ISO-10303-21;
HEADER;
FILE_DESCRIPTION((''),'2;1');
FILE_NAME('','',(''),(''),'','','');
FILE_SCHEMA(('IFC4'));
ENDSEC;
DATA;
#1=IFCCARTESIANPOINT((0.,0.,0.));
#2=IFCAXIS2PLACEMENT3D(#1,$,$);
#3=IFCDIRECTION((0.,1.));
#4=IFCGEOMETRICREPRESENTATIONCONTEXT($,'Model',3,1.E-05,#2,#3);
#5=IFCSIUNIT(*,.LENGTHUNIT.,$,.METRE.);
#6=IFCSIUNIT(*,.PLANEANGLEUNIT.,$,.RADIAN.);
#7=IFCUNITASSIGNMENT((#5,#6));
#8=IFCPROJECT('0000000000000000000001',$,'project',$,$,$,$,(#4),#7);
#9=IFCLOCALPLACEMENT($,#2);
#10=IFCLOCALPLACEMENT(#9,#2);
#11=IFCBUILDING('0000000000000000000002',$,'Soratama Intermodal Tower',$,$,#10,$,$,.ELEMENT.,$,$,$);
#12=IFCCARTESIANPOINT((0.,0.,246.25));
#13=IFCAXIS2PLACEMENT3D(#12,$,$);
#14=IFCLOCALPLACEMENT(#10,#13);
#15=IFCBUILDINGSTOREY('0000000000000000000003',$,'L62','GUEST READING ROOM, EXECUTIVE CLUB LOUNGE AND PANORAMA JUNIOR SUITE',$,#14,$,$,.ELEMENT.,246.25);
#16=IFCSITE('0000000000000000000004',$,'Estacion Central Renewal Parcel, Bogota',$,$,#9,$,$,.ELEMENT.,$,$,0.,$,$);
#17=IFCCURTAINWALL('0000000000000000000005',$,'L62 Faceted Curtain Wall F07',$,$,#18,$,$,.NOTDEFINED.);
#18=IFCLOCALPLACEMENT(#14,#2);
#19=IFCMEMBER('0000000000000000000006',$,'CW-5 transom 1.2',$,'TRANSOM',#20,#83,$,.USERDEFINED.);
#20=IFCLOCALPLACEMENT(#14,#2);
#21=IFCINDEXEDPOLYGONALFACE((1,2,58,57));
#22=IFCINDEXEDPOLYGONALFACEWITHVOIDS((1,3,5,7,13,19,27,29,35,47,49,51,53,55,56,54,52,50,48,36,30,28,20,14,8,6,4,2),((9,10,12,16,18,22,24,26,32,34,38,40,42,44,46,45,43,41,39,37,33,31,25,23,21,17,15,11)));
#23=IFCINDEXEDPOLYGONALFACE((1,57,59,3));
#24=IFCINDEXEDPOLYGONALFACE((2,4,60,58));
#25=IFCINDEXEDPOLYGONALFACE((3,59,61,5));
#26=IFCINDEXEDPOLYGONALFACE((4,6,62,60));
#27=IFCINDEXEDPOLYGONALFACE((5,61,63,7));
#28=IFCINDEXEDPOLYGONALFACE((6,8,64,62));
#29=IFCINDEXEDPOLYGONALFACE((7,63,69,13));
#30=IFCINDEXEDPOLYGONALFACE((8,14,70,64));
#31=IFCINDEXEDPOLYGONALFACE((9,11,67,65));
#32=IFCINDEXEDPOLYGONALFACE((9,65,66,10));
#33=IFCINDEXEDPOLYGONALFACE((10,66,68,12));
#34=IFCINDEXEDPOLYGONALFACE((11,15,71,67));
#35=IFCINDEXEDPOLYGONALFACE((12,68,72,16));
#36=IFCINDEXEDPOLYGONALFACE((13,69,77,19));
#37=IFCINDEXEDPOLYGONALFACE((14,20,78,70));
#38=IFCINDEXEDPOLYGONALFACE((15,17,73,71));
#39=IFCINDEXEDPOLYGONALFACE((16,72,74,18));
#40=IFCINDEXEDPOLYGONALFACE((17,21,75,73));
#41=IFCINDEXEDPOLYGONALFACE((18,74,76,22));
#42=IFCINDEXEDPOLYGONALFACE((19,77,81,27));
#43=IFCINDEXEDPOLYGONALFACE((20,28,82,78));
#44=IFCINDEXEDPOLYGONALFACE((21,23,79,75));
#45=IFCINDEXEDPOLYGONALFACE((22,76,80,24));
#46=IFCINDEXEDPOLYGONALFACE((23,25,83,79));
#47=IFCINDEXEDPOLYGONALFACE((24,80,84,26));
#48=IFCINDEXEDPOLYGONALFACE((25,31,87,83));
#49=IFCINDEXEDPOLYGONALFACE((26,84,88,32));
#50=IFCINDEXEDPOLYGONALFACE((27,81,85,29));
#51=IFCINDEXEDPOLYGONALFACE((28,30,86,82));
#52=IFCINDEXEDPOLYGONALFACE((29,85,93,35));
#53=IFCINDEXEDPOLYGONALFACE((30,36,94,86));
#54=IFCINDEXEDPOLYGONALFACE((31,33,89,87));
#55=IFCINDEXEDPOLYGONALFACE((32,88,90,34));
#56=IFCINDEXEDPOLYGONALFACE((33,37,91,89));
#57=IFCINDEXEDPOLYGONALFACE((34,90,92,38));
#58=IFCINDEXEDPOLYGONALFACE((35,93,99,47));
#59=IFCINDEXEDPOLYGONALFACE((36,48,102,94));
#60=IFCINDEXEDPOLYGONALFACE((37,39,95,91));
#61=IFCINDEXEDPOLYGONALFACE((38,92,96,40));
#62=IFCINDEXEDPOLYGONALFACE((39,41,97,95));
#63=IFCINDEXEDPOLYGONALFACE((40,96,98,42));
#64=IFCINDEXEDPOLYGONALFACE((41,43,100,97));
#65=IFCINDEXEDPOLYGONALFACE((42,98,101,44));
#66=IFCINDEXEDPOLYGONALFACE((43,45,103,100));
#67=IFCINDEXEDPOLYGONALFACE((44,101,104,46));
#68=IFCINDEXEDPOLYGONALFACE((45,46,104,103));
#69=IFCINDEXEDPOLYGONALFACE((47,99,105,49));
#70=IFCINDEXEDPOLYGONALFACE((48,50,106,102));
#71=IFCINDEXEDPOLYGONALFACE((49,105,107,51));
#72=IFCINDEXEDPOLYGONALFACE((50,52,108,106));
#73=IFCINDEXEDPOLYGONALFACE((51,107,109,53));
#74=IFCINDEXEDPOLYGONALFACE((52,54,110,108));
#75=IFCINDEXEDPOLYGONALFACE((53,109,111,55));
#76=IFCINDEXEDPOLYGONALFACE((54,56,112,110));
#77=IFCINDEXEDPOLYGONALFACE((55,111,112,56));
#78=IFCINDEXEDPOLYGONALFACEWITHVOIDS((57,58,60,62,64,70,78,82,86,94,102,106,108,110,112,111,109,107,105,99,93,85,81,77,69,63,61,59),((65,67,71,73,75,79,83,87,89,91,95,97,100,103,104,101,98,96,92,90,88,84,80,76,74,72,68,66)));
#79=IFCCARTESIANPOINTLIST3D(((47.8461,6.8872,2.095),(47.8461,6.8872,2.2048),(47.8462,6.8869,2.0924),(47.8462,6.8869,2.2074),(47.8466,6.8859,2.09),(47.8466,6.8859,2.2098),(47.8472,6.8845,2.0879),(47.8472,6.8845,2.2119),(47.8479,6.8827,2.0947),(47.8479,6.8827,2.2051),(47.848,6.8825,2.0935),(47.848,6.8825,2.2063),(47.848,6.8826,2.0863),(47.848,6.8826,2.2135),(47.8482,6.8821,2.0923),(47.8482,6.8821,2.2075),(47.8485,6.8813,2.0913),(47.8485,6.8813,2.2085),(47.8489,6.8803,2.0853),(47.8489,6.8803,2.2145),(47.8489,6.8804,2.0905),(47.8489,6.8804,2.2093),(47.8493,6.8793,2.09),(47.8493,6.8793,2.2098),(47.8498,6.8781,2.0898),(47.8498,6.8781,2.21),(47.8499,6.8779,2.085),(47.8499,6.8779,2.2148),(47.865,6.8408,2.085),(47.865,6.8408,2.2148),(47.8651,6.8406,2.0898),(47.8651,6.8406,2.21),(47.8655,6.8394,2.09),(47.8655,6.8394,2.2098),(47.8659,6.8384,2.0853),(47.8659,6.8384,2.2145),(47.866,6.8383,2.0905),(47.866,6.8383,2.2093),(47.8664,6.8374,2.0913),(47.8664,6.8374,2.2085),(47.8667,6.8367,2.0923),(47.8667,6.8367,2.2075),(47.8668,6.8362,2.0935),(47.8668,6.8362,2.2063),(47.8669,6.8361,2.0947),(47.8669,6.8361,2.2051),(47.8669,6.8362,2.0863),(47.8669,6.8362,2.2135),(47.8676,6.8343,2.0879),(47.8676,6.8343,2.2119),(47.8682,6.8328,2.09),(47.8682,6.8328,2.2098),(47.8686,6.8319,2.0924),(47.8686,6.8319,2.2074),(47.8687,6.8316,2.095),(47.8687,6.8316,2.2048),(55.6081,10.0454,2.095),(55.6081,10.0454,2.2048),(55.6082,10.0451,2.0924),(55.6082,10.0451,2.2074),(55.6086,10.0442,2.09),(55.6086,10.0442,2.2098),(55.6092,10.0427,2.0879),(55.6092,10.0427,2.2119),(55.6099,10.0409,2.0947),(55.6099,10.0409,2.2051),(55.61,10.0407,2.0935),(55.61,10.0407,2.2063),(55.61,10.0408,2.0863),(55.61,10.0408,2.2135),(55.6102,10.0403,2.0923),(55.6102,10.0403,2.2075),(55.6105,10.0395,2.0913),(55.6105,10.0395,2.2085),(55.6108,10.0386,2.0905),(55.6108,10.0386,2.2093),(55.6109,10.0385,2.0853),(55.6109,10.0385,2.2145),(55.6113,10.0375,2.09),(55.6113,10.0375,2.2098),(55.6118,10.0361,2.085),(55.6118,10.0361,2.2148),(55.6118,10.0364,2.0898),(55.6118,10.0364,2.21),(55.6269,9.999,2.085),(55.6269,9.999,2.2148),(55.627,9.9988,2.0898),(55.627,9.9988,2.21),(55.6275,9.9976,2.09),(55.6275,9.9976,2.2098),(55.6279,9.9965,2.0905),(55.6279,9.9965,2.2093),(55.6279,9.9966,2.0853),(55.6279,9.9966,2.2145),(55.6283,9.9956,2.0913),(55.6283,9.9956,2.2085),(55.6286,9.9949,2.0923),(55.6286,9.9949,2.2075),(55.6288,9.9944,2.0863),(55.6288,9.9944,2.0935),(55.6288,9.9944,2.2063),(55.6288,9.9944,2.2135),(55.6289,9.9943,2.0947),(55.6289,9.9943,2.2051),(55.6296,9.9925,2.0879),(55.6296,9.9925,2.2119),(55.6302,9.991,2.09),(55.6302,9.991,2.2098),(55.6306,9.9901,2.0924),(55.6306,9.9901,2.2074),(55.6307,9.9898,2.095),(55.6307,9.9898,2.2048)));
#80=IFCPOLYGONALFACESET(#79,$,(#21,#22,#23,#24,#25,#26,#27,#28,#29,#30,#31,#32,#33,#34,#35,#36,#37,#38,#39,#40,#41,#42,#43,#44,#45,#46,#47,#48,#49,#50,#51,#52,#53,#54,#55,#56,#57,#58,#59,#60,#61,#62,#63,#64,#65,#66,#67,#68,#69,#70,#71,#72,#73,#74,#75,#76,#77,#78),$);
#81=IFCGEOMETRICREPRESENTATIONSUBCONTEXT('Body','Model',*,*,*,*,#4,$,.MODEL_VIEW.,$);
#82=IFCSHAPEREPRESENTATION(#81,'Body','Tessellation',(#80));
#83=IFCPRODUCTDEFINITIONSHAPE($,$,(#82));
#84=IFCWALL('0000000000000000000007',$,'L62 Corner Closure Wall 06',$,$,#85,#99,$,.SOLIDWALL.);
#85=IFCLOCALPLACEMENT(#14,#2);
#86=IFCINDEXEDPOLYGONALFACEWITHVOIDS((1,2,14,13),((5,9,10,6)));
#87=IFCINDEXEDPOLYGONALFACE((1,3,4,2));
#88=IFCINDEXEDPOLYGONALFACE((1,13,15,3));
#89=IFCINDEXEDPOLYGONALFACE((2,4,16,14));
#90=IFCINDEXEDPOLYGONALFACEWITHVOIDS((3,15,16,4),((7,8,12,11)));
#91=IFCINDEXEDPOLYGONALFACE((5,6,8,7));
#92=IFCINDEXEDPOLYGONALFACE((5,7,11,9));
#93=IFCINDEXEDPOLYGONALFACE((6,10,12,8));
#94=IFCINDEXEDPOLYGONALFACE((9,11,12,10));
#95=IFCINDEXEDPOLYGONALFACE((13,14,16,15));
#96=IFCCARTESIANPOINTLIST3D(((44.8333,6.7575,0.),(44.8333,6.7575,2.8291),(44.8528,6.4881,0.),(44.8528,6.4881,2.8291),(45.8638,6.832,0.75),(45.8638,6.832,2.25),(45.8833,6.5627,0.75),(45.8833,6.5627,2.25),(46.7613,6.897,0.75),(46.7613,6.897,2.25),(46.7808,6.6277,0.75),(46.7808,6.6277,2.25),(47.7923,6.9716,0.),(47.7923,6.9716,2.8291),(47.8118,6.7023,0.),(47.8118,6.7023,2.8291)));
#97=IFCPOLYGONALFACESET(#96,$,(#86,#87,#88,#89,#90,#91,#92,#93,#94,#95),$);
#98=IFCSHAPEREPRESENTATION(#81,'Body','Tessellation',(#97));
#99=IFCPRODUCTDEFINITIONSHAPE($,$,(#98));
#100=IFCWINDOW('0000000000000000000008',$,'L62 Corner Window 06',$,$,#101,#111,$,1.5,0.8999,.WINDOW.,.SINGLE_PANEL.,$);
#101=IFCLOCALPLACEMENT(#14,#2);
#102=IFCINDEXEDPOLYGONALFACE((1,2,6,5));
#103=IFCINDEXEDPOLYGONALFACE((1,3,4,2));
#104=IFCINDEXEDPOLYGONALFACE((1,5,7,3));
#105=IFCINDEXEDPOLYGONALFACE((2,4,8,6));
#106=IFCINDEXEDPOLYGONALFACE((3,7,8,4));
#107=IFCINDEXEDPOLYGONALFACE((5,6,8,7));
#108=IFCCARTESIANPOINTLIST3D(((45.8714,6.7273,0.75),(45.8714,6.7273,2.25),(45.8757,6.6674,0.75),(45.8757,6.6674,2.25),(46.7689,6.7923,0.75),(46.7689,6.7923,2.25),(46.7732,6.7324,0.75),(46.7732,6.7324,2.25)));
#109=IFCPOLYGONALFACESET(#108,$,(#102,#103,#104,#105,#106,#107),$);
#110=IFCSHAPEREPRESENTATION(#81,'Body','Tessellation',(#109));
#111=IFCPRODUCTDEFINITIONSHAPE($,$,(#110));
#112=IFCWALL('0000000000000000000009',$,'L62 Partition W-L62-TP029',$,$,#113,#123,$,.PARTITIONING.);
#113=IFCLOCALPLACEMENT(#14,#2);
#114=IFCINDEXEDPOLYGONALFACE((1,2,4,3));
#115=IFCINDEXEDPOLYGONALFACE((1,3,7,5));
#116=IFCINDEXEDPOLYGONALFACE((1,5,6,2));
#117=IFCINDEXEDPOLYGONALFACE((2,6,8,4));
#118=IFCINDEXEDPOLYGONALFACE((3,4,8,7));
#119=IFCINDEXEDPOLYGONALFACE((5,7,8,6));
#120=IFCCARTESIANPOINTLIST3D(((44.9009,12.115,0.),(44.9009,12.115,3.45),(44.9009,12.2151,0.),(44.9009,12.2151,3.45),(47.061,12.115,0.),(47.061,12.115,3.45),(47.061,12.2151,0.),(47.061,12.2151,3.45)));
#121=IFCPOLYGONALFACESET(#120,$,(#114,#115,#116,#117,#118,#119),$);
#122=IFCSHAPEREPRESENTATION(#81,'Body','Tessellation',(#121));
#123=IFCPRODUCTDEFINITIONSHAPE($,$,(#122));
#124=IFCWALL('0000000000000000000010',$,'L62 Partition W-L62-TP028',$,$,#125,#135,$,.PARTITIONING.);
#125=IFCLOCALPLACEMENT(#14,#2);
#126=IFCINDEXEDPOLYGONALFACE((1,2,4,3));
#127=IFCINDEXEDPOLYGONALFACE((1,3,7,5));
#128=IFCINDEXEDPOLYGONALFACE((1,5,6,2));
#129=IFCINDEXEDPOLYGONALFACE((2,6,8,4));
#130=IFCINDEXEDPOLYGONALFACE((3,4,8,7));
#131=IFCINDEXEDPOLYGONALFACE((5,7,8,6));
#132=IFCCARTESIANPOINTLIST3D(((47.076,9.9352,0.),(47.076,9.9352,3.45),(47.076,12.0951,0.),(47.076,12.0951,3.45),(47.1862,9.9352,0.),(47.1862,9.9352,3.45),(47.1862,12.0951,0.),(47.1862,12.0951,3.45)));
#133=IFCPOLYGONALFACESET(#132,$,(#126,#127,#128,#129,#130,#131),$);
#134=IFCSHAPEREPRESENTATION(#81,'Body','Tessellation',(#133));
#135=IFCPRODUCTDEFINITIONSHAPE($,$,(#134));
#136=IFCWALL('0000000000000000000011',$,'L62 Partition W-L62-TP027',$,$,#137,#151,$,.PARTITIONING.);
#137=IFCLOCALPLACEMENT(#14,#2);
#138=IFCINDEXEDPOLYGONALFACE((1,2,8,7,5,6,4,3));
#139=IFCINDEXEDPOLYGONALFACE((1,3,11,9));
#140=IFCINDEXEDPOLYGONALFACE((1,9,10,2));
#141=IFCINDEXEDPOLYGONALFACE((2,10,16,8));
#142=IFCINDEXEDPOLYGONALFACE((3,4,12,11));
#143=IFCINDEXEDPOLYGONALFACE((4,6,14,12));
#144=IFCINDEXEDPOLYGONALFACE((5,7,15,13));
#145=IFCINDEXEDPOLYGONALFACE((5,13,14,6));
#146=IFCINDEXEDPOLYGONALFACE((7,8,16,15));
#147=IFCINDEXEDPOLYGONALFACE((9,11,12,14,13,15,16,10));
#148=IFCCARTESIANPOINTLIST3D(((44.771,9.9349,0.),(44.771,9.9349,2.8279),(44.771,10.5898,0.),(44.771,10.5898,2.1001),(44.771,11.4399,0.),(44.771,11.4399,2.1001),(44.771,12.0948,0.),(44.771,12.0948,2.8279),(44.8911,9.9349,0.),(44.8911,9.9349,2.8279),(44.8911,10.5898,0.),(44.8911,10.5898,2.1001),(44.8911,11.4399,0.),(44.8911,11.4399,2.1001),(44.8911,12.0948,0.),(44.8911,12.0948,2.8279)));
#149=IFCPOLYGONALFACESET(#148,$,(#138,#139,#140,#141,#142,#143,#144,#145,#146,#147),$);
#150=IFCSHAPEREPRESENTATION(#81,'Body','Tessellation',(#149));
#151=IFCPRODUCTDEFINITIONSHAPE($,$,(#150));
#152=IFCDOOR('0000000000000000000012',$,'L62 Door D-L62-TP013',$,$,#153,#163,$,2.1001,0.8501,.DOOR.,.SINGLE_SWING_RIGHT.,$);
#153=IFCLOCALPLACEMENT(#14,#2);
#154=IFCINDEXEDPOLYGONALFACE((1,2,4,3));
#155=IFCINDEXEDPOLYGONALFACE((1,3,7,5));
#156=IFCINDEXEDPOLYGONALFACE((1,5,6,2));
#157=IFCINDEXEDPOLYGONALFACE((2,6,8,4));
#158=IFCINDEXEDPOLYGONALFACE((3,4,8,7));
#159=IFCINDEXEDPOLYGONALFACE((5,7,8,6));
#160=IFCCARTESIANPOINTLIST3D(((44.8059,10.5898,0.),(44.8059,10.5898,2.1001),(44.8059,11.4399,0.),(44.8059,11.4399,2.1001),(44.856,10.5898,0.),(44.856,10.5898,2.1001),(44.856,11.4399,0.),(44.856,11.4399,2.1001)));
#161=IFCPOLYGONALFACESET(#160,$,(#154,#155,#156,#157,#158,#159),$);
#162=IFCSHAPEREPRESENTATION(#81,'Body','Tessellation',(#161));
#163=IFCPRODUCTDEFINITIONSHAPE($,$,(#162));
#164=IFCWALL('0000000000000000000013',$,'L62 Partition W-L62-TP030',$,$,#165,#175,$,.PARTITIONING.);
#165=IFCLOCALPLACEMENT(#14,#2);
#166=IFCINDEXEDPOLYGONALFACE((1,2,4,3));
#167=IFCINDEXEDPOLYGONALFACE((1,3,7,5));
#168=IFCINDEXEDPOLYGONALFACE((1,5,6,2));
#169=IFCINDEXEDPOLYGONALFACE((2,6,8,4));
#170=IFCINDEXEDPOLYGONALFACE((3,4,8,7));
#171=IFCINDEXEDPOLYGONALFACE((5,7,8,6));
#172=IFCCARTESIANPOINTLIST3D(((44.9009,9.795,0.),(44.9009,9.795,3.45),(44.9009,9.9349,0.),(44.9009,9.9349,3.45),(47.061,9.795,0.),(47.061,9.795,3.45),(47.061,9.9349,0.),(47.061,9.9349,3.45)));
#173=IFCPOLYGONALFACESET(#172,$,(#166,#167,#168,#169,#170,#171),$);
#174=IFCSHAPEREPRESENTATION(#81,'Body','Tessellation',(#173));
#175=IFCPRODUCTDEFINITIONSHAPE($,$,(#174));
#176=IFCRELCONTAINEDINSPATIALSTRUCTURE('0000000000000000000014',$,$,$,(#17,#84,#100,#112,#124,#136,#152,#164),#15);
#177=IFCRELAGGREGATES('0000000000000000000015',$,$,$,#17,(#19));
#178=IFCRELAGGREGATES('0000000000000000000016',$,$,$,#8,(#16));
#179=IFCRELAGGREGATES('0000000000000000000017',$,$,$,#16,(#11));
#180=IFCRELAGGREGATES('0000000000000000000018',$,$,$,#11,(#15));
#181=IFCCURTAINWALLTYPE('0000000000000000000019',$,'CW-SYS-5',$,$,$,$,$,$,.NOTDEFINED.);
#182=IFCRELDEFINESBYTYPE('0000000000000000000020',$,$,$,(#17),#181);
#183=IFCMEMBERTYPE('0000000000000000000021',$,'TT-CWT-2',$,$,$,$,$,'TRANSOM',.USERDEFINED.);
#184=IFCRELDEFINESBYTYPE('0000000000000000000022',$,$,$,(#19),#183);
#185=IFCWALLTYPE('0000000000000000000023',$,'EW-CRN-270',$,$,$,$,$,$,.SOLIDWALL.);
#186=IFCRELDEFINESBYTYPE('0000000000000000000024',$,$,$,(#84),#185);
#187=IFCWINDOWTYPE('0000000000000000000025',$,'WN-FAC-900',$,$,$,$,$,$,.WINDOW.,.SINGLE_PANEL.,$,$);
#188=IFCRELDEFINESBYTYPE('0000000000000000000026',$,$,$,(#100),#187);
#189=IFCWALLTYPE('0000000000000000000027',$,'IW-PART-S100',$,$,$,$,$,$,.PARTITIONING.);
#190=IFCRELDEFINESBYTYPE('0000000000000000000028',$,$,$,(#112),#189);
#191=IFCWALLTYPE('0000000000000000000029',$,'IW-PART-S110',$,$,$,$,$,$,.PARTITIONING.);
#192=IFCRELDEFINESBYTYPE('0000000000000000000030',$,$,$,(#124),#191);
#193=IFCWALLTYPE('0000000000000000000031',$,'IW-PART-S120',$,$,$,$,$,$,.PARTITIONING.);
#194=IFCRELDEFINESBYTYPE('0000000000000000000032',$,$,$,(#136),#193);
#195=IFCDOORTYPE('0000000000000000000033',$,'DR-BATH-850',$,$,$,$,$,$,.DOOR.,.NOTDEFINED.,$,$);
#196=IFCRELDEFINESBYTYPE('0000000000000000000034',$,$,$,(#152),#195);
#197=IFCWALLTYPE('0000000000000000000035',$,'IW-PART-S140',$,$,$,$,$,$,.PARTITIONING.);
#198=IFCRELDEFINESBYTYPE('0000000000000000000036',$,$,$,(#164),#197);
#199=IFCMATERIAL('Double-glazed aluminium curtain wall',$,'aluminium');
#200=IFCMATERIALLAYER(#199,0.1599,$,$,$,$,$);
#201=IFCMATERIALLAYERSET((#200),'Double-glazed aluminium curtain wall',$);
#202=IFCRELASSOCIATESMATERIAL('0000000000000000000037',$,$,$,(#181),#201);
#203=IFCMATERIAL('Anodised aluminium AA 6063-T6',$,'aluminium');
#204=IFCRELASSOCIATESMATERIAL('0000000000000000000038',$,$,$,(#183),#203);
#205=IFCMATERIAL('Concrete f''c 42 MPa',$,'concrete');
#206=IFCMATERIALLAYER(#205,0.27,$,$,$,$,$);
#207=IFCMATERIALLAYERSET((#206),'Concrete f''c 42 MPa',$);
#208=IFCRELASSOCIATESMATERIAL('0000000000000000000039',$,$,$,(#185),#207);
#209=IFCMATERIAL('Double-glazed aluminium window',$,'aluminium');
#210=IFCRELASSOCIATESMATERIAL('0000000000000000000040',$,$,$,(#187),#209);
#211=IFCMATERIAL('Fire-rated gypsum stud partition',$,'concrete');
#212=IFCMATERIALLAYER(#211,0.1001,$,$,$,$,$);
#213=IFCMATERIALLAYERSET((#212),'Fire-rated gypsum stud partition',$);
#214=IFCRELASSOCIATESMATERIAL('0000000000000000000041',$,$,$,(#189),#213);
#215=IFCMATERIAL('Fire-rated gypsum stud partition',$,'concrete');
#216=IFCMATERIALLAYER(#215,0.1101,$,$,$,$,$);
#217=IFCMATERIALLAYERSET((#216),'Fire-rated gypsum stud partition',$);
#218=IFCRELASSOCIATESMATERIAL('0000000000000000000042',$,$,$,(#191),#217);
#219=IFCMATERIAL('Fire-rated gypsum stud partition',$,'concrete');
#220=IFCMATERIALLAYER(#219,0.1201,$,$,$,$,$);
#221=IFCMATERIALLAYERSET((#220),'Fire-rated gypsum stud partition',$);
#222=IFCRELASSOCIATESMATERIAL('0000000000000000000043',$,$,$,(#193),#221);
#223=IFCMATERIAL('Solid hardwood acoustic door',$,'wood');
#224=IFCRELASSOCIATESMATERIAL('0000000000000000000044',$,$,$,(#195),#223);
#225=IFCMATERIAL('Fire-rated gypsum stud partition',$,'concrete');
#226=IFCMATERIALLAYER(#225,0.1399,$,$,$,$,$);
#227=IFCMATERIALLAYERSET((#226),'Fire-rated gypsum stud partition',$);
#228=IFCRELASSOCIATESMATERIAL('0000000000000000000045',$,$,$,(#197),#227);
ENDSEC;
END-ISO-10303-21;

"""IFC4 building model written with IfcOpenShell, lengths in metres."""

from ifc_helpers import new_model, si_unit, direction, frame, frame_2d, origin, origin_2d, place, context, subcontext, project, spatial, rectangle, hollow_rectangle, extrude, material, layer, layer_set, material_profile, profile_set, type_object, element, fill, aggregate, save


model = new_model("IFC4")

# Units and contexts
model_context = context("Model", 3, precision=1e-05, world=origin(), true_north=direction((0.0, 1.0)))
body_context = subcontext(model_context, "Body", "Model", "MODEL_VIEW")
ifc_project = project(units=[si_unit("LENGTHUNIT", "METRE"), si_unit("PLANEANGLEUNIT", "RADIAN")], contexts=[model_context])

# Site, building, storey
site_placement = place(None, origin())
site = spatial("IfcSite", under=ifc_project, at=site_placement, Name="Estacion Central Renewal Parcel, Bogota", CompositionType="ELEMENT", RefElevation=0.0)
building_placement = place(site_placement, origin())
building = spatial("IfcBuilding", under=site, at=building_placement, Name="Soratama Intermodal Tower", CompositionType="ELEMENT")
storey_placement = place(building_placement, frame((0.0, 0.0, 246.25)))
storey = spatial("IfcBuildingStorey", under=building, at=storey_placement, Name="L62", Description="GUEST READING ROOM, EXECUTIVE CLUB LOUNGE AND PANORAMA JUNIOR SUITE", CompositionType="ELEMENT", Elevation=246.25)

# Shared definitions
ifc_material_1 = material(Name="Double-glazed aluminium curtain wall", Category="aluminium")
ifc_layer_1 = layer(ifc_material_1, 0.1599)
ifc_layer_set_1 = layer_set([ifc_layer_1], Name="Double-glazed aluminium curtain wall")
curtain_wall_type = type_object("IfcCurtainWallType", Name="CW-SYS-5", PredefinedType="NOTDEFINED", material=ifc_layer_set_1)

# Curtain wall, member
curtain_wall_1_placement = place(storey_placement, origin())
curtain_wall_1 = element("IfcCurtainWall", 1, at=curtain_wall_1_placement, inside=storey, type_object=curtain_wall_type, Name="L62 Faceted Curtain Wall F07", PredefinedType="NOTDEFINED")
ifc_material_2 = material(Name="Anodised aluminium AA 6063-T6", Category="aluminium")
ifc_material_profile_1 = material_profile(ifc_material_2, hollow_rectangle(XDim=0.0601, YDim=0.1299, WallThickness=0.0049, InnerFilletRadius=0.0049, OuterFilletRadius=0.01, at=origin_2d()), Name="CWT130X60X5")
ifc_profile_set_1 = profile_set([ifc_material_profile_1], Name="Anodised aluminium AA 6063-T6")
member_type_1 = type_object("IfcMemberType", Name="TT-CWT-2", ElementType="TRANSOM", PredefinedType="USERDEFINED", material=ifc_profile_set_1)
member_1_placement = place(storey_placement, frame((47.8574, 6.8594, 2.1499), z_axis=(0.926262, 0.376879, 0.0), x_axis=(-0.376879, 0.926262, 0.0)))
member_1 = element("IfcMember", 2, at=member_1_placement, type_object=member_type_1, Name="CW-5 transom 1.2", ObjectType="TRANSOM", PredefinedType="USERDEFINED", context=body_context, shape_type="SweptSolid", body=[
    extrude(hollow_rectangle(XDim=0.0601, YDim=0.1299, WallThickness=0.0049, InnerFilletRadius=0.0049, OuterFilletRadius=0.01, at=origin_2d()), origin(), (0.0, 0.0, 1.0), 8.3799),
])
aggregate(curtain_wall_1, [member_1])

# Wall, opening, window
ifc_material_3 = material(Name="Concrete f'c 42 MPa", Category="concrete")
ifc_layer_2 = layer(ifc_material_3, 0.27)
ifc_layer_set_2 = layer_set([ifc_layer_2], Name="Concrete f'c 42 MPa")
wall_type_1 = type_object("IfcWallType", Name="EW-CRN-270", PredefinedType="SOLIDWALL", material=ifc_layer_set_2)
wall_1_placement = place(storey_placement, frame((44.843, 6.6228, 0.0), z_axis=(0.0, 0.0, 1.0), x_axis=(0.997392, 0.072171, 0.0)))
wall_1 = element("IfcWall", 3, at=wall_1_placement, inside=storey, type_object=wall_type_1, Name="L62 Corner Closure Wall 06", PredefinedType="SOLIDWALL", context=body_context, shape_type="SweptSolid", body=[
    extrude(rectangle(XDim=2.9668, YDim=0.27, at=frame_2d((1.4834, 0.0))), origin(), (0.0, 0.0, 1.0), 2.8291),
])
opening_1_placement = place(wall_1_placement, frame((1.0332, 0.0, 0.75)))
opening_1 = element("IfcOpeningElement", 4, at=opening_1_placement, cuts=wall_1, PredefinedType="OPENING", context=body_context, shape_type="SweptSolid", body=[
    extrude(rectangle(XDim=0.8999, YDim=1.5, at=frame_2d((0.45, 0.75))), frame((0.0, 0.145, 0.0), z_axis=(0.0, -1.0, 0.0), x_axis=(1.0, 0.0, 0.0)), (0.0, 0.0, 1.0), 0.29),
])
ifc_material_4 = material(Name="Double-glazed aluminium window", Category="aluminium")
window_type = type_object("IfcWindowType", Name="WN-FAC-900", PartitioningType="SINGLE_PANEL", PredefinedType="WINDOW", material=ifc_material_4)
window_placement = place(opening_1_placement, origin())
window = element("IfcWindow", 5, at=window_placement, inside=storey, type_object=window_type, Name="L62 Corner Window 06", OverallHeight=1.5, OverallWidth=0.8999, PartitioningType="SINGLE_PANEL", PredefinedType="WINDOW", context=body_context, shape_type="SweptSolid", body=[
    extrude(rectangle(XDim=0.8999, YDim=1.5, at=frame_2d((0.45, 0.75))), frame((0.0, 0.03, 0.0), z_axis=(0.0, -1.0, 0.0), x_axis=(1.0, 0.0, 0.0)), (0.0, 0.0, 1.0), 0.0601),
])
fill(opening_1, window)

# Walls
ifc_material_5 = material(Name="Fire-rated gypsum stud partition", Category="concrete")
ifc_layer_3 = layer(ifc_material_5, 0.1001)
ifc_layer_set_3 = layer_set([ifc_layer_3], Name="Fire-rated gypsum stud partition")
wall_type_2 = type_object("IfcWallType", Name="IW-PART-S100", PredefinedType="PARTITIONING", material=ifc_layer_set_3)
wall_2_placement = place(storey_placement, frame((47.061, 12.165, 0.0), z_axis=(0.0, 0.0, 1.0), x_axis=(-1.0, 0.0, 0.0)))
element("IfcWall", 6, at=wall_2_placement, inside=storey, type_object=wall_type_2, Name="L62 Partition W-L62-TP029", PredefinedType="PARTITIONING", context=body_context, shape_type="SweptSolid", body=[
    extrude(rectangle(XDim=2.1602, YDim=0.1001, at=frame_2d((1.0801, 0.0))), origin(), (0.0, 0.0, 1.0), 3.45),
])
ifc_material_6 = material(Name="Fire-rated gypsum stud partition", Category="concrete")
ifc_layer_4 = layer(ifc_material_6, 0.1101)
ifc_layer_set_4 = layer_set([ifc_layer_4], Name="Fire-rated gypsum stud partition")
wall_type_3 = type_object("IfcWallType", Name="IW-PART-S110", PredefinedType="PARTITIONING", material=ifc_layer_set_4)
wall_3_placement = place(storey_placement, frame((47.1311, 9.9351, 0.0), z_axis=(0.0, 0.0, 1.0), x_axis=(0.0, 1.0, 0.0)))
element("IfcWall", 7, at=wall_3_placement, inside=storey, type_object=wall_type_3, Name="L62 Partition W-L62-TP028", PredefinedType="PARTITIONING", context=body_context, shape_type="SweptSolid", body=[
    extrude(rectangle(XDim=2.1599, YDim=0.1101, at=frame_2d((1.0801, 0.0))), origin(), (0.0, 0.0, 1.0), 3.45),
])

# Wall, opening, door
ifc_material_7 = material(Name="Fire-rated gypsum stud partition", Category="concrete")
ifc_layer_5 = layer(ifc_material_7, 0.1201)
ifc_layer_set_5 = layer_set([ifc_layer_5], Name="Fire-rated gypsum stud partition")
wall_type_4 = type_object("IfcWallType", Name="IW-PART-S120", PredefinedType="PARTITIONING", material=ifc_layer_set_5)
wall_4_placement = place(storey_placement, frame((44.8311, 12.095, 0.0), z_axis=(0.0, 0.0, 1.0), x_axis=(0.0, -1.0, 0.0)))
wall_4 = element("IfcWall", 8, at=wall_4_placement, inside=storey, type_object=wall_type_4, Name="L62 Partition W-L62-TP027", PredefinedType="PARTITIONING", context=body_context, shape_type="SweptSolid", body=[
    extrude(rectangle(XDim=2.1599, YDim=0.1201, at=frame_2d((1.0801, 0.0))), origin(), (0.0, 0.0, 1.0), 2.8279),
])
opening_2_placement = place(wall_4_placement, frame((0.655, 0.0, 0.0)))
opening_2 = element("IfcOpeningElement", 9, at=opening_2_placement, cuts=wall_4, PredefinedType="OPENING", context=body_context, shape_type="SweptSolid", body=[
    extrude(rectangle(XDim=0.8501, YDim=2.1001, at=frame_2d((0.425, 1.05))), frame((0.0, 0.0701, 0.0), z_axis=(0.0, -1.0, 0.0), x_axis=(1.0, 0.0, 0.0)), (0.0, 0.0, 1.0), 0.1401),
])
ifc_material_8 = material(Name="Solid hardwood acoustic door", Category="wood")
door_type = type_object("IfcDoorType", Name="DR-BATH-850", OperationType="NOTDEFINED", PredefinedType="DOOR", material=ifc_material_8)
door_placement = place(opening_2_placement, origin())
door = element("IfcDoor", 10, at=door_placement, inside=storey, type_object=door_type, Name="L62 Door D-L62-TP013", OperationType="SINGLE_SWING_RIGHT", OverallHeight=2.1001, OverallWidth=0.8501, PredefinedType="DOOR", context=body_context, shape_type="SweptSolid", body=[
    extrude(rectangle(XDim=0.8501, YDim=2.1001, at=frame_2d((0.425, 1.05))), frame((0.0, 0.0249, 0.0), z_axis=(0.0, -1.0, 0.0), x_axis=(1.0, 0.0, 0.0)), (0.0, 0.0, 1.0), 0.05),
])
fill(opening_2, door)

# Wall
ifc_material_9 = material(Name="Fire-rated gypsum stud partition", Category="concrete")
ifc_layer_6 = layer(ifc_material_9, 0.1399)
ifc_layer_set_6 = layer_set([ifc_layer_6], Name="Fire-rated gypsum stud partition")
wall_type_5 = type_object("IfcWallType", Name="IW-PART-S140", PredefinedType="PARTITIONING", material=ifc_layer_set_6)
wall_5_placement = place(storey_placement, frame((44.9009, 9.865, 0.0), z_axis=(0.0, 0.0, 1.0), x_axis=(1.0, 0.0, 0.0)))
element("IfcWall", 11, at=wall_5_placement, inside=storey, type_object=wall_type_5, Name="L62 Partition W-L62-TP030", PredefinedType="PARTITIONING", context=body_context, shape_type="SweptSolid", body=[
    extrude(rectangle(XDim=2.1602, YDim=0.1399, at=frame_2d((1.0801, 0.0))), origin(), (0.0, 0.0, 1.0), 3.45),
])

save(model, "model.ifc")
